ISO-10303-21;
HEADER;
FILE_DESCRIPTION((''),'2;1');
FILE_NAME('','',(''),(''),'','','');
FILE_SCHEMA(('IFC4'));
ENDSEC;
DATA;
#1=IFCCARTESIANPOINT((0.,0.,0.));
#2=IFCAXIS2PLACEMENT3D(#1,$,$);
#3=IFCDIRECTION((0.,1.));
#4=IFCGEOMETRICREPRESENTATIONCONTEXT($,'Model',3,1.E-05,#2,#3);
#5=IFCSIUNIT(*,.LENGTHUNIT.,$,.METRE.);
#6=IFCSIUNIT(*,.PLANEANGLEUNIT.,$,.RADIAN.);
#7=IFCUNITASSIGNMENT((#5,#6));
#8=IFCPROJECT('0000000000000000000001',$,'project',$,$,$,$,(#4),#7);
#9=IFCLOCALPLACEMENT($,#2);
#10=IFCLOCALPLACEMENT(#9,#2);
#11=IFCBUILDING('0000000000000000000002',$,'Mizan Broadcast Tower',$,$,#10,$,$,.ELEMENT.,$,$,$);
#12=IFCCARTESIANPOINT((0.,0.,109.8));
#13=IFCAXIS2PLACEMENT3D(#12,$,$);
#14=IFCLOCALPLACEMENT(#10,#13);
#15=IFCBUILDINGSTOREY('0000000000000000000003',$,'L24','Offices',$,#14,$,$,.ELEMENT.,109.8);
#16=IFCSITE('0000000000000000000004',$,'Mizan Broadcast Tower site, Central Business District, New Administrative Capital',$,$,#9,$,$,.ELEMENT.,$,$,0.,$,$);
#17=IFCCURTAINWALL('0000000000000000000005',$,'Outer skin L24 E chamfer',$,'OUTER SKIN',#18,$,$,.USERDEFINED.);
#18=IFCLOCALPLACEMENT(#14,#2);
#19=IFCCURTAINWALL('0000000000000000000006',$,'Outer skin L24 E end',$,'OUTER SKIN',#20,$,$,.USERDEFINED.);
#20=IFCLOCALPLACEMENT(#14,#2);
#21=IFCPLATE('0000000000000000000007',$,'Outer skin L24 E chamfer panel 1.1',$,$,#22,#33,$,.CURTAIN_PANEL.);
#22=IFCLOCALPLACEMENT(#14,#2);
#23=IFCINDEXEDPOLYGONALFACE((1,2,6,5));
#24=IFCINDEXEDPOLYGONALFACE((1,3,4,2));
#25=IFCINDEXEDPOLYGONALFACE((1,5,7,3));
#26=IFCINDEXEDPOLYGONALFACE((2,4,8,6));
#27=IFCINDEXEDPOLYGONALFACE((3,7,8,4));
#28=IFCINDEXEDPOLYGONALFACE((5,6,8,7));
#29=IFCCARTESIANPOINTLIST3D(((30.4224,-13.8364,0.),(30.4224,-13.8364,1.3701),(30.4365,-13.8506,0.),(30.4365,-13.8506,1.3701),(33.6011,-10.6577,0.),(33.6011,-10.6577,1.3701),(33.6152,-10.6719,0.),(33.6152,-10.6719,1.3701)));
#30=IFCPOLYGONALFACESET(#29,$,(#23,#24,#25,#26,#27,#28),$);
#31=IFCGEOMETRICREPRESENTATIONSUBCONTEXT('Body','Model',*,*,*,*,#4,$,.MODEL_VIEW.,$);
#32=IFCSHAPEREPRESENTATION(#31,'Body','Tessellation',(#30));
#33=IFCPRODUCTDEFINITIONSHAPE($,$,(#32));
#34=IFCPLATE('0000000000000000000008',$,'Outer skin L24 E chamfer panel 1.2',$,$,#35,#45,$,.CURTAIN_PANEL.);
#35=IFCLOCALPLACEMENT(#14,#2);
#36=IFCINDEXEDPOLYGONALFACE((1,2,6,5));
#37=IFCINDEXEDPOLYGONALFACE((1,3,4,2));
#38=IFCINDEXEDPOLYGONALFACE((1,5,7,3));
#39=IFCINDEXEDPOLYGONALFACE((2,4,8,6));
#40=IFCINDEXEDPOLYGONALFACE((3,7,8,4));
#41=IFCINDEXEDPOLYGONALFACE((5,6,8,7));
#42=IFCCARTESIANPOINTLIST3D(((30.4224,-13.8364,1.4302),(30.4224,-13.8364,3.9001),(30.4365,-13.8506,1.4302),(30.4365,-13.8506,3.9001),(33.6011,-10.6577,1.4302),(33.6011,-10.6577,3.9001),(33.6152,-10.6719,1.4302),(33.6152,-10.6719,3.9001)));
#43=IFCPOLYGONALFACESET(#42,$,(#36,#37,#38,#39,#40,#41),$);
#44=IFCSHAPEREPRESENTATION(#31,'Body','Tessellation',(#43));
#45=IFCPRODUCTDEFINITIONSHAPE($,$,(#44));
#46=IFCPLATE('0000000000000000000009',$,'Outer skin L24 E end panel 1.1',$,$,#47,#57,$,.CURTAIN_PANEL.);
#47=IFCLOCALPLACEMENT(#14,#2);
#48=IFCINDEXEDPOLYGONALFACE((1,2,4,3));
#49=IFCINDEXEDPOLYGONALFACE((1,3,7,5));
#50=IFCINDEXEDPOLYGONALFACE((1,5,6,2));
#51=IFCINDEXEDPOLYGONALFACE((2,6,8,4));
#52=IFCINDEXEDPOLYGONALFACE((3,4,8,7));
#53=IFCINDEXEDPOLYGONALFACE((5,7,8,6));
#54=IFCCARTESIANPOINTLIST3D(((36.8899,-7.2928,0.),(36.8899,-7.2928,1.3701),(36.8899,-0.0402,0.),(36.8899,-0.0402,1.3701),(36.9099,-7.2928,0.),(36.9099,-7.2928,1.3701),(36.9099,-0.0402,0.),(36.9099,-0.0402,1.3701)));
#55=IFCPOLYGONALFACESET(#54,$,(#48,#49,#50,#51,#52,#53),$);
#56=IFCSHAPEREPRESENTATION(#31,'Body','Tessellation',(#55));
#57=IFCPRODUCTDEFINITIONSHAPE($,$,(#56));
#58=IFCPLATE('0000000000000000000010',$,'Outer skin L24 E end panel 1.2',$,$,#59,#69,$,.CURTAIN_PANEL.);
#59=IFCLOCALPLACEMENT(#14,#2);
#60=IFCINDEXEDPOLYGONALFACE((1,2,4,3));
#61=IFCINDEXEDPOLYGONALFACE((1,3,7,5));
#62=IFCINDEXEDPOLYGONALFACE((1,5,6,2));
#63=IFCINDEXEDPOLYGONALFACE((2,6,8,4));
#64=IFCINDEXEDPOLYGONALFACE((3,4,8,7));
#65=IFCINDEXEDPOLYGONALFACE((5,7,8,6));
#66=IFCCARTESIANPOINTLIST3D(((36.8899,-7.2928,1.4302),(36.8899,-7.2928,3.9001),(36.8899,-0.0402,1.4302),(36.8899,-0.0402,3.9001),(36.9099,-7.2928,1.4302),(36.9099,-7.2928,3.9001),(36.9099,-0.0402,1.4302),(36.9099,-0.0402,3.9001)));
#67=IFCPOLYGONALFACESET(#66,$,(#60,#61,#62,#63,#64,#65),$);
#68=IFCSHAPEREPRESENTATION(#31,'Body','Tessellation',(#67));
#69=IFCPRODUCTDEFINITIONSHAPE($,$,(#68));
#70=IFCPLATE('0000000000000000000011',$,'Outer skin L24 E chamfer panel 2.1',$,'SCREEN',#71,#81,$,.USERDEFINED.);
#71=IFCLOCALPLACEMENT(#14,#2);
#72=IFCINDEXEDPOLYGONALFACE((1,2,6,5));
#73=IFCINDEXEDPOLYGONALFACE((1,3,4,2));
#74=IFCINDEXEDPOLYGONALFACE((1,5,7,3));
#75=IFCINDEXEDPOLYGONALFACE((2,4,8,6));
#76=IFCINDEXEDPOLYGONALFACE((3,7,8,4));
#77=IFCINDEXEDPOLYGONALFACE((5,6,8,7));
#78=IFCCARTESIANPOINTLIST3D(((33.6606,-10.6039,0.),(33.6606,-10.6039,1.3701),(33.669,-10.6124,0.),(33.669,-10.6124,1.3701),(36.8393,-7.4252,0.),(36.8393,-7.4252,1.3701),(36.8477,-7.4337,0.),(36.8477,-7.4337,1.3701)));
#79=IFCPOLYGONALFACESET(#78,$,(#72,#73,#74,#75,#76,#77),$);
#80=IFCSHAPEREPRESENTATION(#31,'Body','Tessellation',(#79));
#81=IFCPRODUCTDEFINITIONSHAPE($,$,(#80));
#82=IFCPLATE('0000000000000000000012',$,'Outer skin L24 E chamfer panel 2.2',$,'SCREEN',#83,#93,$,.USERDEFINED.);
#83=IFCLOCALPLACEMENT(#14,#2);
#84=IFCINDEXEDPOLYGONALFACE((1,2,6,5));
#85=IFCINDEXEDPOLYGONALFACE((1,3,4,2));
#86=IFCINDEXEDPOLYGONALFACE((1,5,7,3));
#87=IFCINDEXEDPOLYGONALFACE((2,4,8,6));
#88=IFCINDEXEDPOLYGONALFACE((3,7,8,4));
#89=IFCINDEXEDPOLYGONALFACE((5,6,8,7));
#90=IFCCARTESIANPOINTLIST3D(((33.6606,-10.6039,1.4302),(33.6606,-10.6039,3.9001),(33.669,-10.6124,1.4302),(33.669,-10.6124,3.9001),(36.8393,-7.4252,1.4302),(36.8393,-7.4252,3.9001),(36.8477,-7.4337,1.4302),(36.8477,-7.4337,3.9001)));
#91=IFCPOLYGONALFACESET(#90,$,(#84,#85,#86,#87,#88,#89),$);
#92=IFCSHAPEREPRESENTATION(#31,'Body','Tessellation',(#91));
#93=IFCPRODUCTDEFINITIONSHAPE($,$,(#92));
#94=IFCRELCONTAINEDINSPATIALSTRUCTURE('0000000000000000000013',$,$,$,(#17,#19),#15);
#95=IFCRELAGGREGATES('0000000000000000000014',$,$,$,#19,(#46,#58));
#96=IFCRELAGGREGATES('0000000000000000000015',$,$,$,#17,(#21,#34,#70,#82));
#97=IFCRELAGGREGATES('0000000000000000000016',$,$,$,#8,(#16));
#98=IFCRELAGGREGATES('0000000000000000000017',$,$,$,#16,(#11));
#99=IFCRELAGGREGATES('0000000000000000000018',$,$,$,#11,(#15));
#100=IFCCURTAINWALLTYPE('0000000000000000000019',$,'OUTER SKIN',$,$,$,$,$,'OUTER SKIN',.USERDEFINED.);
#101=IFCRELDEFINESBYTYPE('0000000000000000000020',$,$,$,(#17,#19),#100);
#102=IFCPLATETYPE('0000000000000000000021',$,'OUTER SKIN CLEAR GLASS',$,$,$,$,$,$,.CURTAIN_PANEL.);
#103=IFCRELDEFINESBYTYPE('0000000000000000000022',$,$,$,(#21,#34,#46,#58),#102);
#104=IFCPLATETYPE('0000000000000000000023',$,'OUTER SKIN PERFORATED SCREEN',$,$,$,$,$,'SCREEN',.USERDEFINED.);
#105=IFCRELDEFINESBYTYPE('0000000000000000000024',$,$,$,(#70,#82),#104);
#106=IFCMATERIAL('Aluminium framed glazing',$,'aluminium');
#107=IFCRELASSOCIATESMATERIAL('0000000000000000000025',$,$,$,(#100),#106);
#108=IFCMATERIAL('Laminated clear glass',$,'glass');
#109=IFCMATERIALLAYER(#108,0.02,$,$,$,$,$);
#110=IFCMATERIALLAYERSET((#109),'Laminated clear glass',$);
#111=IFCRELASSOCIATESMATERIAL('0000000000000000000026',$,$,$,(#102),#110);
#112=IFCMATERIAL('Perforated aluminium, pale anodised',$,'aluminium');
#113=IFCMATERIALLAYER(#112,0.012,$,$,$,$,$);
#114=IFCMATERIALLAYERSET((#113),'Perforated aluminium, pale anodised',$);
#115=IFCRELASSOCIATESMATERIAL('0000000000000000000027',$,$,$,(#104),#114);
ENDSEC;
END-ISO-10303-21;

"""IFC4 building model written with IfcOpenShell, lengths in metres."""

from ifc_helpers import new_model, si_unit, direction, frame, origin, origin_2d, place, context, subcontext, project, spatial, rectangle, extrude, material, layer, layer_set, type_object, element, aggregate, save


model = new_model("IFC4")

# Units and contexts
model_context = context("Model", 3, precision=1e-05, world=origin(), true_north=direction((0.0, 1.0)))
body_context = subcontext(model_context, "Body", "Model", "MODEL_VIEW")
ifc_project = project(units=[si_unit("LENGTHUNIT", "METRE"), si_unit("PLANEANGLEUNIT", "RADIAN")], contexts=[model_context])

# Site, building, storey
site_placement = place(None, origin())
site = spatial("IfcSite", under=ifc_project, at=site_placement, Name="Mizan Broadcast Tower site, Central Business District, New Administrative Capital", CompositionType="ELEMENT", RefElevation=0.0)
building_placement = place(site_placement, origin())
building = spatial("IfcBuilding", under=site, at=building_placement, Name="Mizan Broadcast Tower", CompositionType="ELEMENT")
storey_placement = place(building_placement, frame((0.0, 0.0, 109.8)))
storey = spatial("IfcBuildingStorey", under=building, at=storey_placement, Name="L24", Description="Offices", CompositionType="ELEMENT", Elevation=109.8)

# Curtain wall
ifc_material_1 = material(Name="Aluminium framed glazing", Category="aluminium")
curtain_wall_type_1 = type_object("IfcCurtainWallType", Name="OUTER SKIN", ElementType="OUTER SKIN", PredefinedType="USERDEFINED", material=ifc_material_1)
curtain_wall_1_placement = place(storey_placement, origin())
curtain_wall_1 = element("IfcCurtainWall", 1, at=curtain_wall_1_placement, inside=storey, type_object=curtain_wall_type_1, Name="Outer skin L24 E chamfer", ObjectType="OUTER SKIN", PredefinedType="USERDEFINED")

# Curtain wall
curtain_wall_2_placement = place(storey_placement, origin())
curtain_wall_2 = element("IfcCurtainWall", 2, at=curtain_wall_2_placement, inside=storey, type_object=curtain_wall_type_1, Name="Outer skin L24 E end", ObjectType="OUTER SKIN", PredefinedType="USERDEFINED")

# Plates
ifc_material_2 = material(Name="Laminated clear glass", Category="glass")
ifc_layer_1 = layer(ifc_material_2, 0.02)
ifc_layer_set_1 = layer_set([ifc_layer_1], Name="Laminated clear glass")
plate_type_1 = type_object("IfcPlateType", Name="OUTER SKIN CLEAR GLASS", PredefinedType="CURTAIN_PANEL", material=ifc_layer_set_1)
plate_1_placement = place(storey_placement, frame((32.0188, -12.2542, 0.0), z_axis=(0.0, 0.0, 1.0), x_axis=(0.707107, 0.707107, 0.0)))
plate_1 = element("IfcPlate", 3, at=plate_1_placement, type_object=plate_type_1, Name="Outer skin L24 E chamfer panel 1.1", PredefinedType="CURTAIN_PANEL", context=body_context, shape_type="SweptSolid", body=[
    extrude(rectangle(XDim=4.4954, YDim=0.02, at=origin_2d()), origin(), (0.0, 0.0, 1.0), 1.3701),
])
plate_2_placement = place(storey_placement, frame((32.0188, -12.2542, 1.4302), z_axis=(0.0, 0.0, 1.0), x_axis=(0.707107, 0.707107, 0.0)))
plate_2 = element("IfcPlate", 4, at=plate_2_placement, type_object=plate_type_1, Name="Outer skin L24 E chamfer panel 1.2", PredefinedType="CURTAIN_PANEL", context=body_context, shape_type="SweptSolid", body=[
    extrude(rectangle(XDim=4.4954, YDim=0.02, at=origin_2d()), origin(), (0.0, 0.0, 1.0), 2.47),
])
plate_3_placement = place(storey_placement, frame((36.8999, -3.6665, 0.0), z_axis=(0.0, 0.0, 1.0), x_axis=(0.0, 1.0, 0.0)))
plate_3 = element("IfcPlate", 5, at=plate_3_placement, type_object=plate_type_1, Name="Outer skin L24 E end panel 1.1", PredefinedType="CURTAIN_PANEL", context=body_context, shape_type="SweptSolid", body=[
    extrude(rectangle(XDim=7.2527, YDim=0.02, at=origin_2d()), origin(), (0.0, 0.0, 1.0), 1.3701),
])
plate_4_placement = place(storey_placement, frame((36.8999, -3.6665, 1.4302), z_axis=(0.0, 0.0, 1.0), x_axis=(0.0, 1.0, 0.0)))
plate_4 = element("IfcPlate", 6, at=plate_4_placement, type_object=plate_type_1, Name="Outer skin L24 E end panel 1.2", PredefinedType="CURTAIN_PANEL", context=body_context, shape_type="SweptSolid", body=[
    extrude(rectangle(XDim=7.2527, YDim=0.02, at=origin_2d()), origin(), (0.0, 0.0, 1.0), 2.47),
])
aggregate(curtain_wall_2, [plate_3, plate_4])
ifc_material_3 = material(Name="Perforated aluminium, pale anodised", Category="aluminium")
ifc_layer_2 = layer(ifc_material_3, 0.012)
ifc_layer_set_2 = layer_set([ifc_layer_2], Name="Perforated aluminium, pale anodised")
plate_type_2 = type_object("IfcPlateType", Name="OUTER SKIN PERFORATED SCREEN", ElementType="SCREEN", PredefinedType="USERDEFINED", material=ifc_layer_set_2)
plate_5_placement = place(storey_placement, frame((35.2542, -9.0188, 0.0), z_axis=(0.0, 0.0, 1.0), x_axis=(0.707107, 0.707107, 0.0)))
plate_5 = element("IfcPlate", 7, at=plate_5_placement, type_object=plate_type_2, Name="Outer skin L24 E chamfer panel 2.1", ObjectType="SCREEN", PredefinedType="USERDEFINED", context=body_context, shape_type="SweptSolid", body=[
    extrude(rectangle(XDim=4.4954, YDim=0.012, at=origin_2d()), origin(), (0.0, 0.0, 1.0), 1.3701),
])
plate_6_placement = place(storey_placement, frame((35.2542, -9.0188, 1.4302), z_axis=(0.0, 0.0, 1.0), x_axis=(0.707107, 0.707107, 0.0)))
plate_6 = element("IfcPlate", 8, at=plate_6_placement, type_object=plate_type_2, Name="Outer skin L24 E chamfer panel 2.2", ObjectType="SCREEN", PredefinedType="USERDEFINED", context=body_context, shape_type="SweptSolid", body=[
    extrude(rectangle(XDim=4.4954, YDim=0.012, at=origin_2d()), origin(), (0.0, 0.0, 1.0), 2.47),
])
aggregate(curtain_wall_1, [plate_1, plate_2, plate_5, plate_6])

save(model, "model.ifc")
